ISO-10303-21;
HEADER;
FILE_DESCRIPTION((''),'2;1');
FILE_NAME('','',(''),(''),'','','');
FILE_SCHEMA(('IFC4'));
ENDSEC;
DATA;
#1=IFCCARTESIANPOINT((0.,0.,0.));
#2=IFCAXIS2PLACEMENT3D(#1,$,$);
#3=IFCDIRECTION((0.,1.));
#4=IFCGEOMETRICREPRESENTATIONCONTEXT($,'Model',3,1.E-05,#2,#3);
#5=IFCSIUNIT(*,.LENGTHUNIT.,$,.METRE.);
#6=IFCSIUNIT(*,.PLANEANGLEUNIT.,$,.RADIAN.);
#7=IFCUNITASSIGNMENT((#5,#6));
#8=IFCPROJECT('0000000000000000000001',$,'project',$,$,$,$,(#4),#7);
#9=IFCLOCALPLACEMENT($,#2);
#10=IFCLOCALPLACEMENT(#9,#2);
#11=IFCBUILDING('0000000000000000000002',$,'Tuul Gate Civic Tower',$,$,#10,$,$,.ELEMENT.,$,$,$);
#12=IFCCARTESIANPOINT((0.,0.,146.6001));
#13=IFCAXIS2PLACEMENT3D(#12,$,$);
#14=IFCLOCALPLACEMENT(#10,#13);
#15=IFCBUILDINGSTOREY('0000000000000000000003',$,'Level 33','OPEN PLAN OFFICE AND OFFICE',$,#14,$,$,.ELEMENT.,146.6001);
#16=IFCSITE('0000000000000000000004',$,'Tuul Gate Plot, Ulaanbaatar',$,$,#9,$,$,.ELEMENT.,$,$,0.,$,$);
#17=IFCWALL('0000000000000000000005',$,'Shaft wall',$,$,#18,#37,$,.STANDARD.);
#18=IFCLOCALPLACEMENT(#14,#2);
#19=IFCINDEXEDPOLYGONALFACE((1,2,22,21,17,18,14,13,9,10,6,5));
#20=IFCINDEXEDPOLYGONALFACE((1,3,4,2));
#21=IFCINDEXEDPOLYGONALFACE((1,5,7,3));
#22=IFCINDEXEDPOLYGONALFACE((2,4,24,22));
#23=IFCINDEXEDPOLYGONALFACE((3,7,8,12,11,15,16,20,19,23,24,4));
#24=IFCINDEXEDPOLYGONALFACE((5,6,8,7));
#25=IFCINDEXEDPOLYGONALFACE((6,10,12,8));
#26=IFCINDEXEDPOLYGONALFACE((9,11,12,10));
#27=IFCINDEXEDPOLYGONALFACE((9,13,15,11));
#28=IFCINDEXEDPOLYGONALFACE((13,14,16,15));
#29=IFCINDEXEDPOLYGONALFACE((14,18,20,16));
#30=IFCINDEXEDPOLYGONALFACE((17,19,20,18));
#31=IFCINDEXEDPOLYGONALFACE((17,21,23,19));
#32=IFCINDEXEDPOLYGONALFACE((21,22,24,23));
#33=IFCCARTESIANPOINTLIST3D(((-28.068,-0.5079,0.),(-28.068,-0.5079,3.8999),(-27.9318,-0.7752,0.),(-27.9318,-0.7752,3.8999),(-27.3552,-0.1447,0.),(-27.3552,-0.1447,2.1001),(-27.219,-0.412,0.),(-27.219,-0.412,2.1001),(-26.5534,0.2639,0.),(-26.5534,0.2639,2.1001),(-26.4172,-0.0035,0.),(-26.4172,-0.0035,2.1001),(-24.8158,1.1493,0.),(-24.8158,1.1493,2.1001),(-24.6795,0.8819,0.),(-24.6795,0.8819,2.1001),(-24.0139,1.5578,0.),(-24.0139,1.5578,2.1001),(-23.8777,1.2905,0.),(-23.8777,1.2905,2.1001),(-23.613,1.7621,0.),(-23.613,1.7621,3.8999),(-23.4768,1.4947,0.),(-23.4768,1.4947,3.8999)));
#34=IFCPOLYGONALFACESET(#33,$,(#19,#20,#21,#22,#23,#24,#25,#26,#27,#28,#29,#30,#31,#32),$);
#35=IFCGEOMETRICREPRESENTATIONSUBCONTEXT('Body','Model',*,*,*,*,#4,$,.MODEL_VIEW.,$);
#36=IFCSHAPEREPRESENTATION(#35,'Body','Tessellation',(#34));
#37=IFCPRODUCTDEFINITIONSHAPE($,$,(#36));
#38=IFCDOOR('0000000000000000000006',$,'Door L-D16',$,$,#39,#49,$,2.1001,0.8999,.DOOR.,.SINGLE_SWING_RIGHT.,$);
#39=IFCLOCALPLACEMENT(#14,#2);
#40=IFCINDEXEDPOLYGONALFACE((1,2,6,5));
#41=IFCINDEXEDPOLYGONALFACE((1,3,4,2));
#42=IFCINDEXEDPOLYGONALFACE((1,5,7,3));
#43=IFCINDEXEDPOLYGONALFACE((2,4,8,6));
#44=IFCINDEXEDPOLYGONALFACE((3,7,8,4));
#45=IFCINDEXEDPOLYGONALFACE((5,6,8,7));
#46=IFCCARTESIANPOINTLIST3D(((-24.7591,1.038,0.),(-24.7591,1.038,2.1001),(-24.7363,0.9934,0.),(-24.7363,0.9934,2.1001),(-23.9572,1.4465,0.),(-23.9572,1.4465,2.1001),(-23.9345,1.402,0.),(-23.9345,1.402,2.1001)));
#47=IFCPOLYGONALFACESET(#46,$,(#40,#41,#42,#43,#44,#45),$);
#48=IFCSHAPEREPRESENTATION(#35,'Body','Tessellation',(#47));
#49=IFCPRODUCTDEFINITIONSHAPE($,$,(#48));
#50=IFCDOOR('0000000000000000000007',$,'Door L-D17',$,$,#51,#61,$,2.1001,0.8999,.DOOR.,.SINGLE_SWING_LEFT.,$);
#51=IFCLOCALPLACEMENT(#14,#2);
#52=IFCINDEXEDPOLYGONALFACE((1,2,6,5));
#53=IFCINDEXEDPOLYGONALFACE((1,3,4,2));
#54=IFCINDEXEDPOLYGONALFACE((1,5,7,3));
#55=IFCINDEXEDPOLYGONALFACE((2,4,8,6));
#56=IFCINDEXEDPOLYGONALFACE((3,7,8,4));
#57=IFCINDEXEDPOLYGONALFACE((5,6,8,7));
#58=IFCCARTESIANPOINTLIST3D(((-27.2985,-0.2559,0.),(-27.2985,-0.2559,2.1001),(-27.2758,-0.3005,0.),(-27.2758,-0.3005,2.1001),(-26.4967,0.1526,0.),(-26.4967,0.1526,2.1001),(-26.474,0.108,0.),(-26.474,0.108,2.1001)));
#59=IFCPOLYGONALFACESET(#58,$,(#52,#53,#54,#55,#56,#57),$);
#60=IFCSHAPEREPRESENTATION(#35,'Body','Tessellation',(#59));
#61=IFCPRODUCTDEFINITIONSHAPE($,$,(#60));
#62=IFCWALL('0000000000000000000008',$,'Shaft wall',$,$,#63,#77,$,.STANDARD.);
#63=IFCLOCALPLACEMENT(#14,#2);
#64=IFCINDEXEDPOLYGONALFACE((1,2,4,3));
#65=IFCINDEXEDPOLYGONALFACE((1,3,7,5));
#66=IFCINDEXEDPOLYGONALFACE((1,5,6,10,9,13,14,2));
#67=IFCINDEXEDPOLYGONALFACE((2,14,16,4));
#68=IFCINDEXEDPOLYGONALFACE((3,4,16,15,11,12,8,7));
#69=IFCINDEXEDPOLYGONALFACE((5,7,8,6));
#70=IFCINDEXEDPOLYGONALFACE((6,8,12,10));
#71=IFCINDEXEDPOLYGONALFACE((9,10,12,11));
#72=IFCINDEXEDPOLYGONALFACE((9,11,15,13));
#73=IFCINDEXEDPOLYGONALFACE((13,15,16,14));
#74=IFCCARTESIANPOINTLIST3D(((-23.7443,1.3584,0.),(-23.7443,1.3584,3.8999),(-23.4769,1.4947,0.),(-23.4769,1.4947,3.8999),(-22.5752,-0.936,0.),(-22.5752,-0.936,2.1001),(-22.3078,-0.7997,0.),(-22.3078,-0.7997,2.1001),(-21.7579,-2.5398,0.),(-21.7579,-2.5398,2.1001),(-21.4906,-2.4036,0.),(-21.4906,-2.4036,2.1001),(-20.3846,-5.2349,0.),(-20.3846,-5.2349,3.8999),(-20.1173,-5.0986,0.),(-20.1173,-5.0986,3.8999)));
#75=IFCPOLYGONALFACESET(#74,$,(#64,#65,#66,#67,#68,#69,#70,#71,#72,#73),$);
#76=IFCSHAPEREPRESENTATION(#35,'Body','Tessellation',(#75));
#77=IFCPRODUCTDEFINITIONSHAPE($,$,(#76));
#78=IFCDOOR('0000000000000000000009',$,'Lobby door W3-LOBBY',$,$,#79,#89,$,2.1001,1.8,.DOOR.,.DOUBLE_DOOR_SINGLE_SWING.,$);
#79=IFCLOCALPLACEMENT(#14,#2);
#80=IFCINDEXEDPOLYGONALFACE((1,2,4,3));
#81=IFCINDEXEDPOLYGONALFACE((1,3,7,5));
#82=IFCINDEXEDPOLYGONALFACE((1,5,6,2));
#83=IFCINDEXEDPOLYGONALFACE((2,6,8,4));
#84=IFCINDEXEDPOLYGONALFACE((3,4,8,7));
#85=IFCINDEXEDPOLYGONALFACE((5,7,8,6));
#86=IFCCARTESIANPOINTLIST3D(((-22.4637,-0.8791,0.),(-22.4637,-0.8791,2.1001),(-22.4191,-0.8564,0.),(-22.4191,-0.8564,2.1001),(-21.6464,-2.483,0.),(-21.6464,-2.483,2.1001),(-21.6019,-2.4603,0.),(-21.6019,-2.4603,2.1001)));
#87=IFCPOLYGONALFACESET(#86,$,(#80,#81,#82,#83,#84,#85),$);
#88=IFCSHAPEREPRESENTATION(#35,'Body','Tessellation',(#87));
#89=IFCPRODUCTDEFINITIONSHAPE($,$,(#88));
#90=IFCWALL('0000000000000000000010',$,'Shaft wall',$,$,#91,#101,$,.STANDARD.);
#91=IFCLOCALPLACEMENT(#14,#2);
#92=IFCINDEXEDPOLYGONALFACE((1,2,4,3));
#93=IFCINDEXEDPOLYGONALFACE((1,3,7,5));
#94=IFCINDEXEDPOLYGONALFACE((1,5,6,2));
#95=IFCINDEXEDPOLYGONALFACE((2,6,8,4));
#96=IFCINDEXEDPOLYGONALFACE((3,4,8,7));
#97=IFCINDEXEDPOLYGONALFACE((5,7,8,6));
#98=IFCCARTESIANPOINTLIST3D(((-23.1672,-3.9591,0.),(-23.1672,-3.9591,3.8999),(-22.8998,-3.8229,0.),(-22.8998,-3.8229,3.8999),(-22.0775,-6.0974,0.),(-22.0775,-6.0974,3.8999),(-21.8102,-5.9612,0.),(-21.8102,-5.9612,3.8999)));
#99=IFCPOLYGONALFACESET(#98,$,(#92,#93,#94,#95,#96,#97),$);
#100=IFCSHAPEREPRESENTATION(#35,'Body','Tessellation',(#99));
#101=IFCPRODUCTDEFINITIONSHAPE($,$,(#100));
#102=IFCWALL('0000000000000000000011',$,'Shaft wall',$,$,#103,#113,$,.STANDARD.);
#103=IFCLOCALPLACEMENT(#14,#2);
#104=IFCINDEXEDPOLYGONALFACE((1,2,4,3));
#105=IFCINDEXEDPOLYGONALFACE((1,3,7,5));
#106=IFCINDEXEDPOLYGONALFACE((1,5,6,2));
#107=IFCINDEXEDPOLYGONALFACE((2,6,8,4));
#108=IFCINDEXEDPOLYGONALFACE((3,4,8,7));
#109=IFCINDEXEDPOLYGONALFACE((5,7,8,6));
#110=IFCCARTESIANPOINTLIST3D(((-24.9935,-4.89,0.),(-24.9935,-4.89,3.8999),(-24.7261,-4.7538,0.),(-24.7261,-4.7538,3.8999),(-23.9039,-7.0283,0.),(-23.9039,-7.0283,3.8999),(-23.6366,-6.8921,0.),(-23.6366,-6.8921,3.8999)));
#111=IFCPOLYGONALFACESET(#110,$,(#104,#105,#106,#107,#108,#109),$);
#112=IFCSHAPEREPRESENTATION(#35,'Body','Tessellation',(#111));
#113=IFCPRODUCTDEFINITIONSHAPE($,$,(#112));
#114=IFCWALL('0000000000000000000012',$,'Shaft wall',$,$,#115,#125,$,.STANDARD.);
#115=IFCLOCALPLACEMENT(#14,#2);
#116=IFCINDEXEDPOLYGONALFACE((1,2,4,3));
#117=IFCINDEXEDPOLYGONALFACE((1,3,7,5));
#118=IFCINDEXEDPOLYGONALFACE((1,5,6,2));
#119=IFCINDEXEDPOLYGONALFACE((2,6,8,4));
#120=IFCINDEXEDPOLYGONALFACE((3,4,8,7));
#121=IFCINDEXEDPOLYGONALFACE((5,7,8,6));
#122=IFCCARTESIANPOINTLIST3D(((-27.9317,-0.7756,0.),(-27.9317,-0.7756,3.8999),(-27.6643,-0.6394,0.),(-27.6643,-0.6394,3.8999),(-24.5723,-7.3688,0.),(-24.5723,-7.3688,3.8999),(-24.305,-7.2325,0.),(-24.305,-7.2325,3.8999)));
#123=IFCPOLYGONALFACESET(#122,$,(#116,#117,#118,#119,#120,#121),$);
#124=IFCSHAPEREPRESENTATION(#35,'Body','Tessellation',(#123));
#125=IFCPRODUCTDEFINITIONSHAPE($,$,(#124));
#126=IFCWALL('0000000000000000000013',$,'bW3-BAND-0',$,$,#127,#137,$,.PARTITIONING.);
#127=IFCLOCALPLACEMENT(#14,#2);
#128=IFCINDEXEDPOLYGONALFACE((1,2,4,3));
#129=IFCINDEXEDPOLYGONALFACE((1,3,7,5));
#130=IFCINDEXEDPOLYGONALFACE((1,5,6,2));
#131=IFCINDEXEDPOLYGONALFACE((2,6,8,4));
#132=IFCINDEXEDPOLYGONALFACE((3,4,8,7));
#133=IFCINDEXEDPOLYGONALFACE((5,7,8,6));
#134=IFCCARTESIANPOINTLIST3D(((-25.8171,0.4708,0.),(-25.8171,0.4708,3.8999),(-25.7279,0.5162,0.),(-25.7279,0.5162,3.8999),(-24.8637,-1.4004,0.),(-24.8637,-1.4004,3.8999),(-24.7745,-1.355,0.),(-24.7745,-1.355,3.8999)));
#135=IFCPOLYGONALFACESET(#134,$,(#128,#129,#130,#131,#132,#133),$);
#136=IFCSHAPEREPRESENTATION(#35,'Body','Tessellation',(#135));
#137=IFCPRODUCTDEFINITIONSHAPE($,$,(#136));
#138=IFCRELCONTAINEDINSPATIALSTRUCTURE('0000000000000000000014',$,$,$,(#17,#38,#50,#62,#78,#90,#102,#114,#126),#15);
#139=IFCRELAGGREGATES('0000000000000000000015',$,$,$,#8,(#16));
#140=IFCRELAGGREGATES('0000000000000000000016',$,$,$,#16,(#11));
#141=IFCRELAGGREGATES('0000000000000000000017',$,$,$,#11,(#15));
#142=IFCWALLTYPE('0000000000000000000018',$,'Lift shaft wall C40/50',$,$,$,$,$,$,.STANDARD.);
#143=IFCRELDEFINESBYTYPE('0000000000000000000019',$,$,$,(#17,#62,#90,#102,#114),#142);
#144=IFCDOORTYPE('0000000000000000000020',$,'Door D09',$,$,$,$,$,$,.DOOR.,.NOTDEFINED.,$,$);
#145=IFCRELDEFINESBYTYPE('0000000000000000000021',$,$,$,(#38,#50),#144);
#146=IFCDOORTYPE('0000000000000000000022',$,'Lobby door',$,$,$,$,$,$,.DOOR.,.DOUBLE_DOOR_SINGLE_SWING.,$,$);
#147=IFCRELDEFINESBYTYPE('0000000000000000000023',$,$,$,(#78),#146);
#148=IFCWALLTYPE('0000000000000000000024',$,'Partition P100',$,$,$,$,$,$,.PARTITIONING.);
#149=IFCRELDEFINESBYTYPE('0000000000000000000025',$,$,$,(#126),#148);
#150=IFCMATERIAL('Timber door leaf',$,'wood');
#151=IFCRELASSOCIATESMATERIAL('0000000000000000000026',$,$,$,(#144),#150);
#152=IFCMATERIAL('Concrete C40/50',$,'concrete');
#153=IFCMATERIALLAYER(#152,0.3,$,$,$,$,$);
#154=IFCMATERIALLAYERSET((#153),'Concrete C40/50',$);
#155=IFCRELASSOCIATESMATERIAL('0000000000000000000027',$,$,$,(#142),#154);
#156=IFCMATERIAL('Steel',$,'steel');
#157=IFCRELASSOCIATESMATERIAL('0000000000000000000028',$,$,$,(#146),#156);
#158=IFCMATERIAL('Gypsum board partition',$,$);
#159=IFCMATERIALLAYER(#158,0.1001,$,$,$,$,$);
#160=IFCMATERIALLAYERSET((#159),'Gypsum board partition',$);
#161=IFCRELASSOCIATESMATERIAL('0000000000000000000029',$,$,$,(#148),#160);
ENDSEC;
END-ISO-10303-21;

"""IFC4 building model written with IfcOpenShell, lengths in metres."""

from ifc_helpers import new_model, si_unit, direction, frame, frame_2d, origin, place, context, subcontext, project, spatial, rectangle, extrude, material, layer, layer_set, type_object, element, fill, save


model = new_model("IFC4")

# Units and contexts
model_context = context("Model", 3, precision=1e-05, world=origin(), true_north=direction((0.0, 1.0)))
body_context = subcontext(model_context, "Body", "Model", "MODEL_VIEW")
ifc_project = project(units=[si_unit("LENGTHUNIT", "METRE"), si_unit("PLANEANGLEUNIT", "RADIAN")], contexts=[model_context])

# Site, building, storey
site_placement = place(None, origin())
site = spatial("IfcSite", under=ifc_project, at=site_placement, Name="Tuul Gate Plot, Ulaanbaatar", CompositionType="ELEMENT", RefElevation=0.0)
building_placement = place(site_placement, origin())
building = spatial("IfcBuilding", under=site, at=building_placement, Name="Tuul Gate Civic Tower", CompositionType="ELEMENT")
storey_placement = place(building_placement, frame((0.0, 0.0, 146.6001)))
storey = spatial("IfcBuildingStorey", under=building, at=storey_placement, Name="Level 33", Description="OPEN PLAN OFFICE AND OFFICE", CompositionType="ELEMENT", Elevation=146.6001)

# Shared definitions
ifc_material_1 = material(Name="Timber door leaf", Category="wood")
door_type_1 = type_object("IfcDoorType", Name="Door D09", OperationType="NOTDEFINED", PredefinedType="DOOR", material=ifc_material_1)

# Shared definitions
ifc_material_2 = material(Name="Concrete C40/50", Category="concrete")
ifc_layer_1 = layer(ifc_material_2, 0.3)
ifc_layer_set_1 = layer_set([ifc_layer_1], Name="Concrete C40/50")
wall_type_1 = type_object("IfcWallType", Name="Lift shaft wall C40/50", PredefinedType="STANDARD", material=ifc_layer_set_1)

# Wall, openings, doors
wall_1_placement = place(storey_placement, frame((-23.5449, 1.6284, 0.0), z_axis=(0.0, 0.0, 1.0), x_axis=(-0.891003, -0.453997, 0.0)))
wall_1 = element("IfcWall", 1, at=wall_1_placement, inside=storey, type_object=wall_type_1, Name="Shaft wall", PredefinedType="STANDARD", context=body_context, shape_type="SweptSolid", body=[
    extrude(rectangle(XDim=5.0, YDim=0.3, at=frame_2d((2.5, 0.0))), origin(), (0.0, 0.0, 1.0), 3.8999),
])
opening_1_placement = place(wall_1_placement, frame((0.45, 0.0, 0.0)))
opening_1 = element("IfcOpeningElement", 2, at=opening_1_placement, cuts=wall_1, PredefinedType="OPENING", context=body_context, shape_type="SweptSolid", body=[
    extrude(rectangle(XDim=0.8999, YDim=2.1001, at=frame_2d((0.45, 1.05))), frame((0.0, 0.1602, 0.0), z_axis=(0.0, -1.0, 0.0), x_axis=(1.0, 0.0, 0.0)), (0.0, 0.0, 1.0), 0.3201),
])
opening_2_placement = place(wall_1_placement, frame((3.3, 0.0, 0.0)))
opening_2 = element("IfcOpeningElement", 3, at=opening_2_placement, cuts=wall_1, PredefinedType="OPENING", context=body_context, shape_type="SweptSolid", body=[
    extrude(rectangle(XDim=0.8999, YDim=2.1001, at=frame_2d((0.45, 1.05))), frame((0.0, 0.1602, 0.0), z_axis=(0.0, -1.0, 0.0), x_axis=(1.0, 0.0, 0.0)), (0.0, 0.0, 1.0), 0.3201),
])
door_1_placement = place(opening_1_placement, origin())
door_1 = element("IfcDoor", 4, at=door_1_placement, inside=storey, type_object=door_type_1, Name="Door L-D16", OperationType="SINGLE_SWING_RIGHT", OverallHeight=2.1001, OverallWidth=0.8999, PredefinedType="DOOR", context=body_context, shape_type="SweptSolid", body=[
    extrude(rectangle(XDim=0.8999, YDim=2.1001, at=frame_2d((0.45, 1.05))), frame((0.0, 0.0249, 0.0), z_axis=(0.0, -1.0, 0.0), x_axis=(1.0, 0.0, 0.0)), (0.0, 0.0, 1.0), 0.05),
])
fill(opening_1, door_1)
door_2_placement = place(opening_2_placement, origin())
door_2 = element("IfcDoor", 5, at=door_2_placement, inside=storey, type_object=door_type_1, Name="Door L-D17", OperationType="SINGLE_SWING_LEFT", OverallHeight=2.1001, OverallWidth=0.8999, PredefinedType="DOOR", context=body_context, shape_type="SweptSolid", body=[
    extrude(rectangle(XDim=0.8999, YDim=2.1001, at=frame_2d((0.45, 1.05))), frame((0.0, 0.0249, 0.0), z_axis=(0.0, -1.0, 0.0), x_axis=(1.0, 0.0, 0.0)), (0.0, 0.0, 1.0), 0.05),
])
fill(opening_2, door_2)

# Wall, opening, door
wall_2_placement = place(storey_placement, frame((-20.251, -5.1667, 0.0), z_axis=(0.0, 0.0, 1.0), x_axis=(-0.45401, 0.890996, 0.0)))
wall_2 = element("IfcWall", 6, at=wall_2_placement, inside=storey, type_object=wall_type_1, Name="Shaft wall", PredefinedType="STANDARD", context=body_context, shape_type="SweptSolid", body=[
    extrude(rectangle(XDim=7.3999, YDim=0.3, at=frame_2d((3.7, 0.0))), origin(), (0.0, 0.0, 1.0), 3.8999),
])
opening_3_placement = place(wall_2_placement, frame((3.0249, 0.0, 0.0)))
opening_3 = element("IfcOpeningElement", 7, at=opening_3_placement, cuts=wall_2, PredefinedType="OPENING", context=body_context, shape_type="SweptSolid", body=[
    extrude(rectangle(XDim=1.8, YDim=2.1001, at=frame_2d((0.8999, 1.05))), frame((0.0, 0.1602, 0.0), z_axis=(0.0, -1.0, 0.0), x_axis=(1.0, 0.0, 0.0)), (0.0, 0.0, 1.0), 0.3201),
])
ifc_material_3 = material(Name="Steel", Category="steel")
door_type_2 = type_object("IfcDoorType", Name="Lobby door", OperationType="DOUBLE_DOOR_SINGLE_SWING", PredefinedType="DOOR", material=ifc_material_3)
door_3_placement = place(opening_3_placement, origin())
door_3 = element("IfcDoor", 8, at=door_3_placement, inside=storey, type_object=door_type_2, Name="Lobby door W3-LOBBY", OperationType="DOUBLE_DOOR_SINGLE_SWING", OverallHeight=2.1001, OverallWidth=1.8, PredefinedType="DOOR", context=body_context, shape_type="SweptSolid", body=[
    extrude(rectangle(XDim=1.8, YDim=2.1001, at=frame_2d((0.8999, 1.05))), frame((0.0, 0.0249, 0.0), z_axis=(0.0, -1.0, 0.0), x_axis=(1.0, 0.0, 0.0)), (0.0, 0.0, 1.0), 0.05),
])
fill(opening_3, door_3)

# Walls
for number, where, z_axis, x_axis, name in (
    (9, (-21.9438, -6.0293, 0.0), (0.0, 0.0, 1.0), (-0.454037, 0.890983, 0.0), "Shaft wall"),
    (10, (-23.7703, -6.9602, 0.0), (0.0, 0.0, 1.0), (-0.453996, 0.891004, 0.0), "Shaft wall"),
):
    element("IfcWall", number, at=place(storey_placement, frame(where, z_axis=z_axis, x_axis=x_axis)), inside=storey, type_object=wall_type_1, Name=name, PredefinedType="STANDARD", context=body_context, shape_type="SweptSolid", body=[
        extrude(rectangle(XDim=2.3999, YDim=0.3, at=frame_2d((1.2, 0.0))), origin(), (0.0, 0.0, 1.0), 3.8999),
    ])
wall_3_placement = place(storey_placement, frame((-24.4387, -7.3005, 0.0), z_axis=(0.0, 0.0, 1.0), x_axis=(-0.453984, 0.89101, 0.0)))
element("IfcWall", 11, at=wall_3_placement, inside=storey, type_object=wall_type_1, Name="Shaft wall", PredefinedType="STANDARD", context=body_context, shape_type="SweptSolid", body=[
    extrude(rectangle(XDim=7.3997, YDim=0.3, at=frame_2d((3.6997, 0.0))), origin(), (0.0, 0.0, 1.0), 3.8999),
])
ifc_material_4 = material(Name="Gypsum board partition")
ifc_layer_2 = layer(ifc_material_4, 0.1001)
ifc_layer_set_2 = layer_set([ifc_layer_2], Name="Gypsum board partition")
wall_type_2 = type_object("IfcWallType", Name="Partition P100", PredefinedType="PARTITIONING", material=ifc_layer_set_2)
wall_4_placement = place(storey_placement, frame((-24.8191, -1.3777, 0.0), z_axis=(0.0, 0.0, 1.0), x_axis=(-0.45399, 0.891007, 0.0)))
element("IfcWall", 12, at=wall_4_placement, inside=storey, type_object=wall_type_2, Name="bW3-BAND-0", PredefinedType="PARTITIONING", context=body_context, shape_type="SweptSolid", body=[
    extrude(rectangle(XDim=2.1001, YDim=0.1001, at=frame_2d((1.05, 0.0))), origin(), (0.0, 0.0, 1.0), 3.8999),
])

save(model, "model.ifc")
